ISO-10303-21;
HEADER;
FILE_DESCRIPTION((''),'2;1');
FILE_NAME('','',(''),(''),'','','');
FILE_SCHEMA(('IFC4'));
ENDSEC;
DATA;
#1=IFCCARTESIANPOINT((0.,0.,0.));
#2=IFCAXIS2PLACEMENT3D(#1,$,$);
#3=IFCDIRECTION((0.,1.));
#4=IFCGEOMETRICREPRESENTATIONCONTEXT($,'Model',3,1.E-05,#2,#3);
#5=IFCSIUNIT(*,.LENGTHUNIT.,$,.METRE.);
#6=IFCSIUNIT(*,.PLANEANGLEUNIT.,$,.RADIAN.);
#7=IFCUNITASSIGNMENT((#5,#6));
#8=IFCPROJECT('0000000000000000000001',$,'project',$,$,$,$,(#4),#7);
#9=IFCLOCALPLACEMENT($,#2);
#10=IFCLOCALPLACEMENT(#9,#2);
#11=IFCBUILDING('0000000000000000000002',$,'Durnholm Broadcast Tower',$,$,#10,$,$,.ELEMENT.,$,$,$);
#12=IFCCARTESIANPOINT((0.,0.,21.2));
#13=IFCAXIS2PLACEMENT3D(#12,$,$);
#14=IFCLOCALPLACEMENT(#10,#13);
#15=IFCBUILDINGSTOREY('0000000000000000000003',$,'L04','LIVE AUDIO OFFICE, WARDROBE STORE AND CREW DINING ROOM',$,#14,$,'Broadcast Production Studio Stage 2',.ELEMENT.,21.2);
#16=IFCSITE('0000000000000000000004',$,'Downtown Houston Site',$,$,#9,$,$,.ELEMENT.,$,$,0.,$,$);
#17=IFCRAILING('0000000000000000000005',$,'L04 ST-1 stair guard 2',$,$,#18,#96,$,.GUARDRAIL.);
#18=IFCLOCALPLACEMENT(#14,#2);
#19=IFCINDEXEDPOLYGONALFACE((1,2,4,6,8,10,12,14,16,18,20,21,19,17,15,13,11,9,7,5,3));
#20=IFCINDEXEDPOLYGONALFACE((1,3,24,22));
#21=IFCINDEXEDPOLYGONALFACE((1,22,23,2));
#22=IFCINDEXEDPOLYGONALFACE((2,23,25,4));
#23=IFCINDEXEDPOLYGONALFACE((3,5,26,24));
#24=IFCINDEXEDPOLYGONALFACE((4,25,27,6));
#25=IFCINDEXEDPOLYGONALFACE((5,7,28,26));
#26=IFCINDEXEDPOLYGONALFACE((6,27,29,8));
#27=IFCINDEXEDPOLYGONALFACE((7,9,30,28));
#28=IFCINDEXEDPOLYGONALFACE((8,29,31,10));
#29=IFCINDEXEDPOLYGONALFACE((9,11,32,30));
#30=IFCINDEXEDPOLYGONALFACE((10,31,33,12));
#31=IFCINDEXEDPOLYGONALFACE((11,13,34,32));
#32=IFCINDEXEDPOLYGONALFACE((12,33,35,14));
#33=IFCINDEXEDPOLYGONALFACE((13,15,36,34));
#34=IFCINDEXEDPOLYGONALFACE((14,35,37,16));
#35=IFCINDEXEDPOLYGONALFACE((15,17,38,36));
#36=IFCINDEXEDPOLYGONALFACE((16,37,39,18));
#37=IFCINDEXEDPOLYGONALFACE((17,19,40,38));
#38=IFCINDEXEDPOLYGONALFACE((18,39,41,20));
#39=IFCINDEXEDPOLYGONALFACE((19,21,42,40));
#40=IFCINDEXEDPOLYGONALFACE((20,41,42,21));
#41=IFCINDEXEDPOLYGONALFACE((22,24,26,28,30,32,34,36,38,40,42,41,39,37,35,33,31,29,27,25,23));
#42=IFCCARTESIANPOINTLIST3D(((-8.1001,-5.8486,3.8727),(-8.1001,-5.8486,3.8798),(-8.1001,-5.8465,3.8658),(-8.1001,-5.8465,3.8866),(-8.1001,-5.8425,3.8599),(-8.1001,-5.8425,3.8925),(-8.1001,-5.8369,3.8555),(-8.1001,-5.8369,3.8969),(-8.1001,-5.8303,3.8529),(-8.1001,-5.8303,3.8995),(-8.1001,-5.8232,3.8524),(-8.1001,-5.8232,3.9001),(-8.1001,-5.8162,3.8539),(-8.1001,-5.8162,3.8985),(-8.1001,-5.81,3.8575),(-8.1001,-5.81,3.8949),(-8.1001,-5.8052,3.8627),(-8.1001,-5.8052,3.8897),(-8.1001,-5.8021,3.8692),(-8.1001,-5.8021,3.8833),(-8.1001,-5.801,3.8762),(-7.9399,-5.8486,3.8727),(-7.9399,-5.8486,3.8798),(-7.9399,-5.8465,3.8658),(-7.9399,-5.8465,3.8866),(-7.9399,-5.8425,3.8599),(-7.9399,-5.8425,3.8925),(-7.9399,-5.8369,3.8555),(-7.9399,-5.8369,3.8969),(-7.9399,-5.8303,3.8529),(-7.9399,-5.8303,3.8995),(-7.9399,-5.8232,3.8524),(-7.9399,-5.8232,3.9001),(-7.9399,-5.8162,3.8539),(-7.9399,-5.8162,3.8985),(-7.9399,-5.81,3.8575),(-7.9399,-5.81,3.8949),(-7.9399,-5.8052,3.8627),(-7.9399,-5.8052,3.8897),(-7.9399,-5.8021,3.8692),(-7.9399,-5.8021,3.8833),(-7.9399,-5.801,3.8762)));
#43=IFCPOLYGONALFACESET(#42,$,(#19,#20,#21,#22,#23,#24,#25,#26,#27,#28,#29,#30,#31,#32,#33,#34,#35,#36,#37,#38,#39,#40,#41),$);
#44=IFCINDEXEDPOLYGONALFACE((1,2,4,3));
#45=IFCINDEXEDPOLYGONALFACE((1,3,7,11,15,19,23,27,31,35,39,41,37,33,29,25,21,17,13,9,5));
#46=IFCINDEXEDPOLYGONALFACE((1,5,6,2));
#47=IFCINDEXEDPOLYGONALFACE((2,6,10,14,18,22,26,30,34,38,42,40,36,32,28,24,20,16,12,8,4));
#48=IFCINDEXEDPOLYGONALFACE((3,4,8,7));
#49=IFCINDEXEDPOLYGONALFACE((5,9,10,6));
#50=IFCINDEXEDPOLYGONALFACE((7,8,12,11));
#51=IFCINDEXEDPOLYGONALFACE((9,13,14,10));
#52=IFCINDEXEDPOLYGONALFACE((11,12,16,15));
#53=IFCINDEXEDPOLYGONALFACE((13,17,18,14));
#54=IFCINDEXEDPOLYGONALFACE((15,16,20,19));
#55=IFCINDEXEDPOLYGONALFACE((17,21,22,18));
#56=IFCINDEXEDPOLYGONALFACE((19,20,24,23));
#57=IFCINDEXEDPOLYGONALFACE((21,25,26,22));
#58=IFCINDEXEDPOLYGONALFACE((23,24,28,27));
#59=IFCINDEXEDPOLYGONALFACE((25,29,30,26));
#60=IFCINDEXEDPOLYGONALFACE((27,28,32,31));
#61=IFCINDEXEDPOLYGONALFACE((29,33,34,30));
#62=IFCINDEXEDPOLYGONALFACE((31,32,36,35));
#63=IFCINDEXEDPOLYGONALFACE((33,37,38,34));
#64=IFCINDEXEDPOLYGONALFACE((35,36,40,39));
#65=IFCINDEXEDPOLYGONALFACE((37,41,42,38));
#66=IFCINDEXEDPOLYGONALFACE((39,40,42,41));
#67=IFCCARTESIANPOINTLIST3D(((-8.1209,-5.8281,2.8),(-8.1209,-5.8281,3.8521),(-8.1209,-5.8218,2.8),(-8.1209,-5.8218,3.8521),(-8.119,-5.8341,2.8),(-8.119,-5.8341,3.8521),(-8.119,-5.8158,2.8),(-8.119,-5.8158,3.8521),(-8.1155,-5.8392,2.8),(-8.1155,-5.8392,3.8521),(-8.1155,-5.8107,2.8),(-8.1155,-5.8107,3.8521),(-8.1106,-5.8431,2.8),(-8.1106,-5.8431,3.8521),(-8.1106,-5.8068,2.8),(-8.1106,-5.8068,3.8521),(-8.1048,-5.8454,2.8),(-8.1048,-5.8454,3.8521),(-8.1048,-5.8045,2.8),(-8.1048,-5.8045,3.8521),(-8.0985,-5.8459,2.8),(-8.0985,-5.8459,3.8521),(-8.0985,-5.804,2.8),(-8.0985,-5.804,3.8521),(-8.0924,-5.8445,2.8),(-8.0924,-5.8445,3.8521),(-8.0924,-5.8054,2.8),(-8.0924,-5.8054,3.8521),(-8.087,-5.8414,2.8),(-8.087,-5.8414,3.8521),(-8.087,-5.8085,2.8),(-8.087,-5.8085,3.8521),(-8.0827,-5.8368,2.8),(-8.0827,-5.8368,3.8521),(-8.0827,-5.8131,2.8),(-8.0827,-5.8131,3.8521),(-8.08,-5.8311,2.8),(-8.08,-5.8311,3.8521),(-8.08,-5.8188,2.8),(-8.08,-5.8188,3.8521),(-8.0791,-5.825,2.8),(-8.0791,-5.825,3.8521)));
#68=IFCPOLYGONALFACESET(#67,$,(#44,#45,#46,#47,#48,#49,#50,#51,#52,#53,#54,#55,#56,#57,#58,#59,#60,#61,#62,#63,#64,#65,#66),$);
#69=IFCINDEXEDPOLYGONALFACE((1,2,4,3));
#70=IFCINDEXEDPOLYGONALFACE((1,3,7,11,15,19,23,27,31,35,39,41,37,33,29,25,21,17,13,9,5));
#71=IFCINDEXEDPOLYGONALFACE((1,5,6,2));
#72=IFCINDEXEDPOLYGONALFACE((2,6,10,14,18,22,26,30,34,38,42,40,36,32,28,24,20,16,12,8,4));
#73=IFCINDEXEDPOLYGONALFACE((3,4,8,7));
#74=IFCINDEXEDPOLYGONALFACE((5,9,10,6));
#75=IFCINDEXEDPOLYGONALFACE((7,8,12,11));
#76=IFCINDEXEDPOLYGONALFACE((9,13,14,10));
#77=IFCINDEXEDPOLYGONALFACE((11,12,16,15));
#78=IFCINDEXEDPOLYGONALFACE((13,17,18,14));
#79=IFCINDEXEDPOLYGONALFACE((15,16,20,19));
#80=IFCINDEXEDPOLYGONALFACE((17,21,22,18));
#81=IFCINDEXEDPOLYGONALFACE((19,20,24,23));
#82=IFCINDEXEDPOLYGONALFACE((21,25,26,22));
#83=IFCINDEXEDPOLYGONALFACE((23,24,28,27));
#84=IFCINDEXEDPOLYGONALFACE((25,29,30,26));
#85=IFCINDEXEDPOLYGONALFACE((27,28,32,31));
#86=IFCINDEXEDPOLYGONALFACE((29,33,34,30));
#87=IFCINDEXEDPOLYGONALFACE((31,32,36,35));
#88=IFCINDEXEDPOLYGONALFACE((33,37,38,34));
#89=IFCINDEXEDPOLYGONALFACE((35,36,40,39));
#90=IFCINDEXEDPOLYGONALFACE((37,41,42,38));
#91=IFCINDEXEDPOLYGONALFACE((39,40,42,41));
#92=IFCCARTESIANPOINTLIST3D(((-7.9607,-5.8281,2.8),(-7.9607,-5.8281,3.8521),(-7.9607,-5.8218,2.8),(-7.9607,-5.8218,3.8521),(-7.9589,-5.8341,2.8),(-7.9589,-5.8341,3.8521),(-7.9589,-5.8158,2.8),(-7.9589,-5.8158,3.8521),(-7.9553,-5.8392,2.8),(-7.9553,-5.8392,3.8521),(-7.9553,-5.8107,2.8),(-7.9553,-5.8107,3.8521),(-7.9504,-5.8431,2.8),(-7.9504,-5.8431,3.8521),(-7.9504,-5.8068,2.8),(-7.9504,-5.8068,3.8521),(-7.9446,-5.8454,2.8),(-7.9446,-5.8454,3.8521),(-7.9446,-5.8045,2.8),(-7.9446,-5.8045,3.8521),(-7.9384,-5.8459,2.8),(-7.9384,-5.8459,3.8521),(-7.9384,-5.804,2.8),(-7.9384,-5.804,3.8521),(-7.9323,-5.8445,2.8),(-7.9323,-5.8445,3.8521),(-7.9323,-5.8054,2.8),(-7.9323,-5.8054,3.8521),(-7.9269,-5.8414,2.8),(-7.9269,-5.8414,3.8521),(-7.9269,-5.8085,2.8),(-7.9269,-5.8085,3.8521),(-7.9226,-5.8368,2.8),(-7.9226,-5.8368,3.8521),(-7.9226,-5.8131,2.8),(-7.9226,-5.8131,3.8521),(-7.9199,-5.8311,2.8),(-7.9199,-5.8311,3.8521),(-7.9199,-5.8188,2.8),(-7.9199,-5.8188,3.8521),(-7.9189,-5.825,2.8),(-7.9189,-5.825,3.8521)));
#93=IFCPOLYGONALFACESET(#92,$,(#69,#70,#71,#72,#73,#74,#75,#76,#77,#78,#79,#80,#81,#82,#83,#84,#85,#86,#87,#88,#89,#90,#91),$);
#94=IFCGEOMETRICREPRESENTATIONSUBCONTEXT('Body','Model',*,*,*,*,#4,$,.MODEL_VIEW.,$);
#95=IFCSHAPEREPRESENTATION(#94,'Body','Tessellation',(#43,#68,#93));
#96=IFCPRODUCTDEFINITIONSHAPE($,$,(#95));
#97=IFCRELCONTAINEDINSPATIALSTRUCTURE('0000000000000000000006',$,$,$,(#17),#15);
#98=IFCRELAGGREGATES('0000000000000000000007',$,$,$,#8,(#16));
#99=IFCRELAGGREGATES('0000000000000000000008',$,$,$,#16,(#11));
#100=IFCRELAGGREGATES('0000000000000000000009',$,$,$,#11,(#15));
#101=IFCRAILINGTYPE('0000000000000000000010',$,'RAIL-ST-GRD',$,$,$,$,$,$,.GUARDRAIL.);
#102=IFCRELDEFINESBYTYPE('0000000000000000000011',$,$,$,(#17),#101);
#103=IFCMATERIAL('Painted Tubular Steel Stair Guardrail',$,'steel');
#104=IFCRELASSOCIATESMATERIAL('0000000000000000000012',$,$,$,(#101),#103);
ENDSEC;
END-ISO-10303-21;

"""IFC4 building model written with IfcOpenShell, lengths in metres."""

from ifc_helpers import new_model, si_unit, direction, frame, origin, origin_2d, place, context, subcontext, project, spatial, circle, extrude, material, type_object, element, save


model = new_model("IFC4")

# Units and contexts
model_context = context("Model", 3, precision=1e-05, world=origin(), true_north=direction((0.0, 1.0)))
body_context = subcontext(model_context, "Body", "Model", "MODEL_VIEW")
ifc_project = project(units=[si_unit("LENGTHUNIT", "METRE"), si_unit("PLANEANGLEUNIT", "RADIAN")], contexts=[model_context])

# Site, building, storey
site_placement = place(None, origin())
site = spatial("IfcSite", under=ifc_project, at=site_placement, Name="Downtown Houston Site", CompositionType="ELEMENT", RefElevation=0.0)
building_placement = place(site_placement, origin())
building = spatial("IfcBuilding", under=site, at=building_placement, Name="Durnholm Broadcast Tower", CompositionType="ELEMENT")
storey_placement = place(building_placement, frame((0.0, 0.0, 21.2)))
storey = spatial("IfcBuildingStorey", under=building, at=storey_placement, Name="L04", Description="LIVE AUDIO OFFICE, WARDROBE STORE AND CREW DINING ROOM", LongName="Broadcast Production Studio Stage 2", CompositionType="ELEMENT", Elevation=21.2)

# Railing
ifc_material_1 = material(Name="Painted Tubular Steel Stair Guardrail", Category="steel")
railing_type_1 = type_object("IfcRailingType", Name="RAIL-ST-GRD", PredefinedType="GUARDRAIL", material=ifc_material_1)
railing_1_placement = place(storey_placement, frame((-8.1001, -5.825, 2.8)))
element("IfcRailing", 1, at=railing_1_placement, inside=storey, type_object=railing_type_1, Name="L04 ST-1 stair guard 2", PredefinedType="GUARDRAIL", context=body_context, shape_type="SweptSolid", body=[
    extrude(circle(Radius=0.0239, at=origin_2d()), frame((0.0, 0.0, 1.0762), z_axis=(1.0, 0.0, 0.0), x_axis=(0.0, 1.0, 0.0)), (0.0, 0.0, 1.0), 0.1602),
    extrude(circle(Radius=0.021, at=origin_2d()), origin(), (0.0, 0.0, 1.0), 1.052),
    extrude(circle(Radius=0.021, at=origin_2d()), frame((0.1602, 0.0, 0.0)), (0.0, 0.0, 1.0), 1.052),
])

save(model, "model.ifc")
